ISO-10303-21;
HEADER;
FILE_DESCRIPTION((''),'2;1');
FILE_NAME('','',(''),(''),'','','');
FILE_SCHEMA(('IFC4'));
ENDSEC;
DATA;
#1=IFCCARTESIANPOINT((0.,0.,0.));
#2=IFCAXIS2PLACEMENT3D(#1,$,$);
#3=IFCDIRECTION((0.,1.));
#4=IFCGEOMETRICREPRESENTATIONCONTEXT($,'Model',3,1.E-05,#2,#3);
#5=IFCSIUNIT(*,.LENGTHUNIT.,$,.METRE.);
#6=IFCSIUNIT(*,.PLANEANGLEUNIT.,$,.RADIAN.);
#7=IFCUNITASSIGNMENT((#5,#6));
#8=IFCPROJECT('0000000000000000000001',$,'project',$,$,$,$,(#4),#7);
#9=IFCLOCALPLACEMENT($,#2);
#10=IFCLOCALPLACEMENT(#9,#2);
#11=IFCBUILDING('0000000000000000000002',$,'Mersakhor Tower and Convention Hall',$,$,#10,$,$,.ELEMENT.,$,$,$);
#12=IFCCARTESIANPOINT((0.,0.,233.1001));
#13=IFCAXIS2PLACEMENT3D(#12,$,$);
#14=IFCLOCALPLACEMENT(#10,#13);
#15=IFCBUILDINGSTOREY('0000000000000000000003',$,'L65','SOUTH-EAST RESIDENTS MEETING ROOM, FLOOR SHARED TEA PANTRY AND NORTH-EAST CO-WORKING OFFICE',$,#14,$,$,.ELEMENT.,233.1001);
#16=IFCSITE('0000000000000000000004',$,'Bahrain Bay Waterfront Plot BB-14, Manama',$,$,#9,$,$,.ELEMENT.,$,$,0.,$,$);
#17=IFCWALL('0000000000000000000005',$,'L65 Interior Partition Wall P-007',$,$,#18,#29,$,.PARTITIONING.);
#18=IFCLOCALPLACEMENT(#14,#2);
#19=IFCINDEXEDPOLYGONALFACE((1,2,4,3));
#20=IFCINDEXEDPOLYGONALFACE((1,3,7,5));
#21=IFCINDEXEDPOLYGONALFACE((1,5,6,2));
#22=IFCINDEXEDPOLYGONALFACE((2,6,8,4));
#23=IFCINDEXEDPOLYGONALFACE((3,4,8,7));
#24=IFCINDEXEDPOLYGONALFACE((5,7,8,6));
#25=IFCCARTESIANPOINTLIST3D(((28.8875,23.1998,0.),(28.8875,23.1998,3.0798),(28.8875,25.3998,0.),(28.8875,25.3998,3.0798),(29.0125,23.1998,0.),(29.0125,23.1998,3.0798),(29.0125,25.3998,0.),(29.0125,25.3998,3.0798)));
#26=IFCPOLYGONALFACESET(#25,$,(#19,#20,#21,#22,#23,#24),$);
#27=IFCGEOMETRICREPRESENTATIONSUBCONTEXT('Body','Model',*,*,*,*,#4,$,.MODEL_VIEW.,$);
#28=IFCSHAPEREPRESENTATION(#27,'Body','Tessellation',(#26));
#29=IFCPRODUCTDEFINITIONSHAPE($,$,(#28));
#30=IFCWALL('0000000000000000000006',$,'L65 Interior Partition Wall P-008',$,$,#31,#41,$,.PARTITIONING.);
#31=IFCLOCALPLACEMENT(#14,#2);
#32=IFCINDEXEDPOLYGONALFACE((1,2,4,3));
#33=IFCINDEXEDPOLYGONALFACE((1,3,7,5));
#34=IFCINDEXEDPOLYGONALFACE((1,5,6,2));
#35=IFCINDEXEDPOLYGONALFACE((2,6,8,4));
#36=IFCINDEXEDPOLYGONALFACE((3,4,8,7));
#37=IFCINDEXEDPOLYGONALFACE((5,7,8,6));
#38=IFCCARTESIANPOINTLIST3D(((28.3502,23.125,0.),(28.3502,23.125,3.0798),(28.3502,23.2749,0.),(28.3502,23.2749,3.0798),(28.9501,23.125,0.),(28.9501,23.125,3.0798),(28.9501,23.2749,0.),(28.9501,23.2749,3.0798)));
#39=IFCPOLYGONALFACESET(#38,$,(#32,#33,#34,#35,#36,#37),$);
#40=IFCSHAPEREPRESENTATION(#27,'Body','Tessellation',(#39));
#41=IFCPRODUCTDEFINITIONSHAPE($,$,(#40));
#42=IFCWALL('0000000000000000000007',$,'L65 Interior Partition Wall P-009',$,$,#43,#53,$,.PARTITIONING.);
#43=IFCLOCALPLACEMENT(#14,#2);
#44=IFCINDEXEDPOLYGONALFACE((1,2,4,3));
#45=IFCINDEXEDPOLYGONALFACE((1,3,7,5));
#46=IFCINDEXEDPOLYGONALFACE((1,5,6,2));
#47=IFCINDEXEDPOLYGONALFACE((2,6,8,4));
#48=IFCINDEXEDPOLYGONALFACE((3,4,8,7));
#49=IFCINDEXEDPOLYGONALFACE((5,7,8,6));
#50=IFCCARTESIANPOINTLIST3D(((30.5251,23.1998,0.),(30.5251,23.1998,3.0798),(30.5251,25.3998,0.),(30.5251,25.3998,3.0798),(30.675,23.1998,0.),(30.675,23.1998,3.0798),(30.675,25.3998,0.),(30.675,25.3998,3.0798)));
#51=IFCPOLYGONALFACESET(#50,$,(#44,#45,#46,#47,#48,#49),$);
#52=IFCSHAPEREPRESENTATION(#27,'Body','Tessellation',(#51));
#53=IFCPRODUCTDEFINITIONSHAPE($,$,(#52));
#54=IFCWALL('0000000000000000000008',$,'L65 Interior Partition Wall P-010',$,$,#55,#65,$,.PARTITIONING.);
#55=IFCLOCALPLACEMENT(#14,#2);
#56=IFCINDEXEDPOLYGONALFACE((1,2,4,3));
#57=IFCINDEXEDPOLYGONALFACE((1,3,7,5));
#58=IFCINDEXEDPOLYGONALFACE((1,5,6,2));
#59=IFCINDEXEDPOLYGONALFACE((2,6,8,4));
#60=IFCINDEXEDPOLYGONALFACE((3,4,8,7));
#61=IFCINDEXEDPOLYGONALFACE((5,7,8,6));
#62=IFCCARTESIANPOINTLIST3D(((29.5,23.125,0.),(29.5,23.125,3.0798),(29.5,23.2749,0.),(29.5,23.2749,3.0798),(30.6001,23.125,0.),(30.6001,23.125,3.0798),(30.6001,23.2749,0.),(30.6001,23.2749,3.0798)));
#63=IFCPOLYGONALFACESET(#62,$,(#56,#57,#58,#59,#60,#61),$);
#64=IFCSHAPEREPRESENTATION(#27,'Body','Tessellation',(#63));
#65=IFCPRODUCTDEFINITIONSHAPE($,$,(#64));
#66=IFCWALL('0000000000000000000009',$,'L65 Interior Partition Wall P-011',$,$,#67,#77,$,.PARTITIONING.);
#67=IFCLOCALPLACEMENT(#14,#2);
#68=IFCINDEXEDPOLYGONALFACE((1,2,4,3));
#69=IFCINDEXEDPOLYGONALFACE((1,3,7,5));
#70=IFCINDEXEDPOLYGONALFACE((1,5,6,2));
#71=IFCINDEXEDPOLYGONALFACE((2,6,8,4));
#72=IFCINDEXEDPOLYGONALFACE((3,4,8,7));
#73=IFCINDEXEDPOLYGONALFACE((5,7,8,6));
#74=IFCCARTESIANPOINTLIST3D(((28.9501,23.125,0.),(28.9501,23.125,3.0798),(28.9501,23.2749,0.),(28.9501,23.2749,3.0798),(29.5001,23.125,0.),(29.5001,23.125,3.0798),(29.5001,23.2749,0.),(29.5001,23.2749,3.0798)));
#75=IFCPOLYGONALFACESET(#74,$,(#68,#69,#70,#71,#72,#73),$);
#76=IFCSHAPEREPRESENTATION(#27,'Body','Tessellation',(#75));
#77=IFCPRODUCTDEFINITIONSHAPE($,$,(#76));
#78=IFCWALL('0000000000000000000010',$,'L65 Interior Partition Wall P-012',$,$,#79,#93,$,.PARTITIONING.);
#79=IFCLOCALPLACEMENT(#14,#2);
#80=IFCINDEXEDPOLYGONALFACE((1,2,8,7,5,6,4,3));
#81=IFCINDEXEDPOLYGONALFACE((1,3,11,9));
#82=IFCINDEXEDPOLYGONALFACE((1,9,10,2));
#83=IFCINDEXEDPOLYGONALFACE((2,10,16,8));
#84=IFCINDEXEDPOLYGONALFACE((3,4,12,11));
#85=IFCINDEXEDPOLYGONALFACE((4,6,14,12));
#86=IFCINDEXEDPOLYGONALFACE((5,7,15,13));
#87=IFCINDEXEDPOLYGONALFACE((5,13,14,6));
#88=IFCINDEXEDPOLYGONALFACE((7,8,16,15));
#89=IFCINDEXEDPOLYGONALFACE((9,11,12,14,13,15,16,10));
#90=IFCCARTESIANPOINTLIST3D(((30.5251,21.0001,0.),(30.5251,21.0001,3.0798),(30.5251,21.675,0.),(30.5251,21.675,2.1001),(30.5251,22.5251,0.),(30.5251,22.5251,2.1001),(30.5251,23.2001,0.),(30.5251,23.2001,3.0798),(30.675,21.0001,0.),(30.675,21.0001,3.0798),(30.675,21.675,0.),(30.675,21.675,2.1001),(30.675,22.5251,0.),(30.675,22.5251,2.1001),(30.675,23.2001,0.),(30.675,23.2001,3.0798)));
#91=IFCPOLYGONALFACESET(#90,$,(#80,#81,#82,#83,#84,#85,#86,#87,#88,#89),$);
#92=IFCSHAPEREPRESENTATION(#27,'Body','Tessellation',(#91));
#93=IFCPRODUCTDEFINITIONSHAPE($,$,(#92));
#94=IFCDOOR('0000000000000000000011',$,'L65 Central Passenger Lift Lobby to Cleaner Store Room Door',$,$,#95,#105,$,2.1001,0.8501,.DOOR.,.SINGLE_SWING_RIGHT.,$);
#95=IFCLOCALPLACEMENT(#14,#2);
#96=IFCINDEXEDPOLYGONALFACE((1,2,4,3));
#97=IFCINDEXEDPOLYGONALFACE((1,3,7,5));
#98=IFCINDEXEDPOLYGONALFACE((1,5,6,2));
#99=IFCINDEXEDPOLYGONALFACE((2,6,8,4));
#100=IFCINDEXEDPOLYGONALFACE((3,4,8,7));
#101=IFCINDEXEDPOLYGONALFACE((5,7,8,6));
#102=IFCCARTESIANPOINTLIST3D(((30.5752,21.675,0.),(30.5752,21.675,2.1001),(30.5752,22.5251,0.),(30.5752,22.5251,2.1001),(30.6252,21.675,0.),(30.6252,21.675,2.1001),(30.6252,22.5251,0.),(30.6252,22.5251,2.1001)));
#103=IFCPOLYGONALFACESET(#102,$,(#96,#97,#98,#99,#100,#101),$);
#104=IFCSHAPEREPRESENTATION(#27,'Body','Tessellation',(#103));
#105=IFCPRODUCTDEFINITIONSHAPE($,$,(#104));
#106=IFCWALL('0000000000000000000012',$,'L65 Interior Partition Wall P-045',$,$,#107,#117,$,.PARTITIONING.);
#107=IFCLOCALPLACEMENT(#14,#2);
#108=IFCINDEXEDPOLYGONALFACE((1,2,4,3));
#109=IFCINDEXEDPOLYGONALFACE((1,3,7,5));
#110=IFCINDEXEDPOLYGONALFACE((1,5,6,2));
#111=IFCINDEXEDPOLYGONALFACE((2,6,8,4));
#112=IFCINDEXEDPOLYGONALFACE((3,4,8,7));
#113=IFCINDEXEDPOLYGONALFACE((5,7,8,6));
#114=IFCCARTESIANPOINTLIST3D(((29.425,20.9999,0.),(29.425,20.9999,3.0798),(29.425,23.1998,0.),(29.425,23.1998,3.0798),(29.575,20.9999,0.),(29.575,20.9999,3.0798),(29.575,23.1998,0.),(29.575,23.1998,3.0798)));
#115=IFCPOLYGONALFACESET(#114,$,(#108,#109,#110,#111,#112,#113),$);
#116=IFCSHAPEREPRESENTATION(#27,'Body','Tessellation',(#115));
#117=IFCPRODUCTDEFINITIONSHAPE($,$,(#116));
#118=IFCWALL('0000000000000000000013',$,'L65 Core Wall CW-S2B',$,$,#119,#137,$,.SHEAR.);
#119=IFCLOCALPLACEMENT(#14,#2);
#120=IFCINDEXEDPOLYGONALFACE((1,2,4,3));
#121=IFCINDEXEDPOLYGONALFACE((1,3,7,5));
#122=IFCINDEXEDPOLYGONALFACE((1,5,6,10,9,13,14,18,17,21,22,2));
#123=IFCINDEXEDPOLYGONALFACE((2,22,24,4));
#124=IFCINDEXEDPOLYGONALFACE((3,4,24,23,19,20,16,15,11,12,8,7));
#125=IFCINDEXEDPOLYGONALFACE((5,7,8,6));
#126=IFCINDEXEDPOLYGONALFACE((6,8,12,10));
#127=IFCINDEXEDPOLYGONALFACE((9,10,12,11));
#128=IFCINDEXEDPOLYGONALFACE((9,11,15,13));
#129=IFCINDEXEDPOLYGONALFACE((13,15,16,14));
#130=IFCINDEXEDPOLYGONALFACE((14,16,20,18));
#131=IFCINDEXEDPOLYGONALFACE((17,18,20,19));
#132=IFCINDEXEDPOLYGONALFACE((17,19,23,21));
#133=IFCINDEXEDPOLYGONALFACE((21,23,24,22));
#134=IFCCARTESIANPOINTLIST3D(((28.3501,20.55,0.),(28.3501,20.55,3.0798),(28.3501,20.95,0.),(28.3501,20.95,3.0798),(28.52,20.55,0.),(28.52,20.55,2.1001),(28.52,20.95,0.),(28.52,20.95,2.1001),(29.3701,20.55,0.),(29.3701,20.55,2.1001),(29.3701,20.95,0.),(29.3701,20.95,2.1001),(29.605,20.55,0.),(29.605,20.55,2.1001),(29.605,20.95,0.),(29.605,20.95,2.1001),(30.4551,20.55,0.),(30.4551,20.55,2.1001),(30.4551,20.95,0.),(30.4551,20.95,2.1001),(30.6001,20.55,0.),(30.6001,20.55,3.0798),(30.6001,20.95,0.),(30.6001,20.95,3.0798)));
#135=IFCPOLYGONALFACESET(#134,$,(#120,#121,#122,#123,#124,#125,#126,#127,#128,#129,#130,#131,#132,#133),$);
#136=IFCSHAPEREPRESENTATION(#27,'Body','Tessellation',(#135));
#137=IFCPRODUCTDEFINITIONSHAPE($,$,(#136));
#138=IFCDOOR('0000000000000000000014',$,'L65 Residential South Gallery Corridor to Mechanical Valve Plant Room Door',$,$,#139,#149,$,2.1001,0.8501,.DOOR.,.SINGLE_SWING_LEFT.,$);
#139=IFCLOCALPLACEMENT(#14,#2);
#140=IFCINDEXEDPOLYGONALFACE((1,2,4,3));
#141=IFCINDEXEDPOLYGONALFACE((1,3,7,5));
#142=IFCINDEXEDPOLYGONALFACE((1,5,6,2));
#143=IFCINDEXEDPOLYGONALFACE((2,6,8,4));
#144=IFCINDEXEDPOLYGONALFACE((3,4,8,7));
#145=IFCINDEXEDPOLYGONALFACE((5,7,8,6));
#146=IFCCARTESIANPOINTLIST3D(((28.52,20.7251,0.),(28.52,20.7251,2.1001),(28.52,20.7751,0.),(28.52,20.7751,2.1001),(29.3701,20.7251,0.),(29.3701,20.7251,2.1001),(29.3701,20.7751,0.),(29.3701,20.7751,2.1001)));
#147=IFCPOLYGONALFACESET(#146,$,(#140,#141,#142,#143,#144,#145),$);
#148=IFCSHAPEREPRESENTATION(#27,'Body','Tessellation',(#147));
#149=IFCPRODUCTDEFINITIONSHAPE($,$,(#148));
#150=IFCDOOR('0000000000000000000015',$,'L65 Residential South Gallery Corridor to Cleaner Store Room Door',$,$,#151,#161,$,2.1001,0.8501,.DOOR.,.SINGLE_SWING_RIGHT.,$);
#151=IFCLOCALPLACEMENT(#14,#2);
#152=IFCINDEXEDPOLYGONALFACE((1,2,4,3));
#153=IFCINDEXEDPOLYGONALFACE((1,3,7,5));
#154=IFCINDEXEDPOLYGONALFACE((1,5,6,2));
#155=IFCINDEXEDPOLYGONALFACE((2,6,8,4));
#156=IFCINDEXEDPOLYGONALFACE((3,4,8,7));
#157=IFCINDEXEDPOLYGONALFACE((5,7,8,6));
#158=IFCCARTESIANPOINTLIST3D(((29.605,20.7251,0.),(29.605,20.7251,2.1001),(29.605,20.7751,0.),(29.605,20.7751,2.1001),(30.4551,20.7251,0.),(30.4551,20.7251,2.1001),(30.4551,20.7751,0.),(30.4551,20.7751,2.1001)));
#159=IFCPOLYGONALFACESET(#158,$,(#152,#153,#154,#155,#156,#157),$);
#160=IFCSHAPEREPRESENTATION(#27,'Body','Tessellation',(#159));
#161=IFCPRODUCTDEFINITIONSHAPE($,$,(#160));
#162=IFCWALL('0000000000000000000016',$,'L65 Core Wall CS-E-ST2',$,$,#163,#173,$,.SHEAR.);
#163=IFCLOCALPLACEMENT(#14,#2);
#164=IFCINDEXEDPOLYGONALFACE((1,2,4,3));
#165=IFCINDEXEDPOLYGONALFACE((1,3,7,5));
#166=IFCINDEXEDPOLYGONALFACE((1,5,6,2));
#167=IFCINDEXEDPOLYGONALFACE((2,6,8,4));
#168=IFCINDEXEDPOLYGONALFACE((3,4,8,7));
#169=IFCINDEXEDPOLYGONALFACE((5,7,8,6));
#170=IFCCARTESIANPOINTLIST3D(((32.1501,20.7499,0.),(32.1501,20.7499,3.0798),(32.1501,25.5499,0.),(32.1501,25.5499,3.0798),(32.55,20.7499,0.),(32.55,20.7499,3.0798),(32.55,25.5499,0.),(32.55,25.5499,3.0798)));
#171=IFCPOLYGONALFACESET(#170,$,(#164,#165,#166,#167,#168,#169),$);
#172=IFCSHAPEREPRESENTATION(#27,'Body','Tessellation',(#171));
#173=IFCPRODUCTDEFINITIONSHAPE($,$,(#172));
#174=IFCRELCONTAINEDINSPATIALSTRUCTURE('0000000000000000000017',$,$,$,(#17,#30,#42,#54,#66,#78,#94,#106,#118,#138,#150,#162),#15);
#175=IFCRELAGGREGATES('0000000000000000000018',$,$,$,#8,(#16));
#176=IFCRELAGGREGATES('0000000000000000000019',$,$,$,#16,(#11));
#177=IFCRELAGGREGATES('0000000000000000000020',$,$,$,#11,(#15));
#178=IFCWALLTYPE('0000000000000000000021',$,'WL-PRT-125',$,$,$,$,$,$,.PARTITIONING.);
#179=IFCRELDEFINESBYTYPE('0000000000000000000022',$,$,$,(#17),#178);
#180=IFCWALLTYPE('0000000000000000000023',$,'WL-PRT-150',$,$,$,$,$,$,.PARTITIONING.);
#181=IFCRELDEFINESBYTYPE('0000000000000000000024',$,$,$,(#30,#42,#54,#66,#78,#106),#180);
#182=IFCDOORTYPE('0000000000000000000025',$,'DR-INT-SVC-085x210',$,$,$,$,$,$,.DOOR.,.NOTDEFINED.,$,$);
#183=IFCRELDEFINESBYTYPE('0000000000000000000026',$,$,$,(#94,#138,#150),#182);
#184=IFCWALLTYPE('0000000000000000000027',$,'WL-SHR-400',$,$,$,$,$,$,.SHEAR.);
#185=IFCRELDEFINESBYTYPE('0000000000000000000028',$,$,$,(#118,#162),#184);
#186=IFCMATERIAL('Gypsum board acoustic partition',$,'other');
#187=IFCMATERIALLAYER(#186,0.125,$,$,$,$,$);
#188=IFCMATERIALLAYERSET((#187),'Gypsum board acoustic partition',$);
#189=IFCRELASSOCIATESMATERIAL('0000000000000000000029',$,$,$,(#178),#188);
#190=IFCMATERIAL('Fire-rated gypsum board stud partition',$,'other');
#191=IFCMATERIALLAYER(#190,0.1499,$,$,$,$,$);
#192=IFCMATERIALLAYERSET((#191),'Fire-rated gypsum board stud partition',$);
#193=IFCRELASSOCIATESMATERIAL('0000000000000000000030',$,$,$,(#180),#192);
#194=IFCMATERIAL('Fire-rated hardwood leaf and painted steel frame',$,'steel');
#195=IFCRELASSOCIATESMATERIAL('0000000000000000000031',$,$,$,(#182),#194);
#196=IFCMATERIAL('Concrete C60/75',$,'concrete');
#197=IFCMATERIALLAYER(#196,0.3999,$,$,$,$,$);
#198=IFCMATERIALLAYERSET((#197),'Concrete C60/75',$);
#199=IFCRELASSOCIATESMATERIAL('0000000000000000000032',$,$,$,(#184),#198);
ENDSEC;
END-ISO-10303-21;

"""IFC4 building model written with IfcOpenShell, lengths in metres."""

from ifc_helpers import new_model, si_unit, direction, frame, frame_2d, origin, place, context, subcontext, project, spatial, rectangle, extrude, material, layer, layer_set, type_object, element, fill, save


model = new_model("IFC4")

# Units and contexts
model_context = context("Model", 3, precision=1e-05, world=origin(), true_north=direction((0.0, 1.0)))
body_context = subcontext(model_context, "Body", "Model", "MODEL_VIEW")
ifc_project = project(units=[si_unit("LENGTHUNIT", "METRE"), si_unit("PLANEANGLEUNIT", "RADIAN")], contexts=[model_context])

# Site, building, storey
site_placement = place(None, origin())
site = spatial("IfcSite", under=ifc_project, at=site_placement, Name="Bahrain Bay Waterfront Plot BB-14, Manama", CompositionType="ELEMENT", RefElevation=0.0)
building_placement = place(site_placement, origin())
building = spatial("IfcBuilding", under=site, at=building_placement, Name="Mersakhor Tower and Convention Hall", CompositionType="ELEMENT")
storey_placement = place(building_placement, frame((0.0, 0.0, 233.1001)))
storey = spatial("IfcBuildingStorey", under=building, at=storey_placement, Name="L65", Description="SOUTH-EAST RESIDENTS MEETING ROOM, FLOOR SHARED TEA PANTRY AND NORTH-EAST CO-WORKING OFFICE", CompositionType="ELEMENT", Elevation=233.1001)

# Walls
ifc_material_1 = material(Name="Gypsum board acoustic partition", Category="other")
ifc_layer_1 = layer(ifc_material_1, 0.125)
ifc_layer_set_1 = layer_set([ifc_layer_1], Name="Gypsum board acoustic partition")
wall_type_1 = type_object("IfcWallType", Name="WL-PRT-125", PredefinedType="PARTITIONING", material=ifc_layer_set_1)
wall_1_placement = place(storey_placement, frame((28.95, 25.3999, 0.0), z_axis=(0.0, 0.0, 1.0), x_axis=(0.0, -1.0, 0.0)))
element("IfcWall", 1, at=wall_1_placement, inside=storey, type_object=wall_type_1, Name="L65 Interior Partition Wall P-007", PredefinedType="PARTITIONING", context=body_context, shape_type="SweptSolid", body=[
    extrude(rectangle(XDim=2.2, YDim=0.125, at=frame_2d((1.1001, 0.0))), origin(), (0.0, 0.0, 1.0), 3.0798),
])
ifc_material_2 = material(Name="Fire-rated gypsum board stud partition", Category="other")
ifc_layer_2 = layer(ifc_material_2, 0.1499)
ifc_layer_set_2 = layer_set([ifc_layer_2], Name="Fire-rated gypsum board stud partition")
wall_type_2 = type_object("IfcWallType", Name="WL-PRT-150", PredefinedType="PARTITIONING", material=ifc_layer_set_2)
wall_2_placement = place(storey_placement, frame((28.95, 23.2, 0.0), z_axis=(0.0, 0.0, 1.0), x_axis=(-1.0, 0.0, 0.0)))
element("IfcWall", 2, at=wall_2_placement, inside=storey, type_object=wall_type_2, Name="L65 Interior Partition Wall P-008", PredefinedType="PARTITIONING", context=body_context, shape_type="SweptSolid", body=[
    extrude(rectangle(XDim=0.5999, YDim=0.1499, at=frame_2d((0.2998, 0.0))), origin(), (0.0, 0.0, 1.0), 3.0798),
])
wall_3_placement = place(storey_placement, frame((30.6001, 25.3999, 0.0), z_axis=(0.0, 0.0, 1.0), x_axis=(0.0, -1.0, 0.0)))
element("IfcWall", 3, at=wall_3_placement, inside=storey, type_object=wall_type_2, Name="L65 Interior Partition Wall P-009", PredefinedType="PARTITIONING", context=body_context, shape_type="SweptSolid", body=[
    extrude(rectangle(XDim=2.2, YDim=0.1499, at=frame_2d((1.1001, 0.0))), origin(), (0.0, 0.0, 1.0), 3.0798),
])
wall_4_placement = place(storey_placement, frame((30.6001, 23.2, 0.0), z_axis=(0.0, 0.0, 1.0), x_axis=(-1.0, 0.0, 0.0)))
element("IfcWall", 4, at=wall_4_placement, inside=storey, type_object=wall_type_2, Name="L65 Interior Partition Wall P-010", PredefinedType="PARTITIONING", context=body_context, shape_type="SweptSolid", body=[
    extrude(rectangle(XDim=1.1001, YDim=0.1499, at=frame_2d((0.55, 0.0))), origin(), (0.0, 0.0, 1.0), 3.0798),
])
wall_5_placement = place(storey_placement, frame((29.5, 23.2, 0.0), z_axis=(0.0, 0.0, 1.0), x_axis=(-1.0, 0.0, 0.0)))
element("IfcWall", 5, at=wall_5_placement, inside=storey, type_object=wall_type_2, Name="L65 Interior Partition Wall P-011", PredefinedType="PARTITIONING", context=body_context, shape_type="SweptSolid", body=[
    extrude(rectangle(XDim=0.55, YDim=0.1499, at=frame_2d((0.2749, 0.0))), origin(), (0.0, 0.0, 1.0), 3.0798),
])

# Wall, opening, door
wall_6_placement = place(storey_placement, frame((30.6001, 21.0, 0.0), z_axis=(0.0, 0.0, 1.0), x_axis=(0.0, 1.0, 0.0)))
wall_6 = element("IfcWall", 6, at=wall_6_placement, inside=storey, type_object=wall_type_2, Name="L65 Interior Partition Wall P-012", PredefinedType="PARTITIONING", context=body_context, shape_type="SweptSolid", body=[
    extrude(rectangle(XDim=2.2, YDim=0.1499, at=frame_2d((1.1001, 0.0))), origin(), (0.0, 0.0, 1.0), 3.0798),
])
opening_1_placement = place(wall_6_placement, frame((0.675, 0.0, 0.0)))
opening_1 = element("IfcOpeningElement", 7, at=opening_1_placement, cuts=wall_6, PredefinedType="OPENING", context=body_context, shape_type="SweptSolid", body=[
    extrude(rectangle(XDim=0.8501, YDim=2.1001, at=frame_2d((0.425, 1.05))), frame((0.0, 0.085, 0.0), z_axis=(0.0, -1.0, 0.0), x_axis=(1.0, 0.0, 0.0)), (0.0, 0.0, 1.0), 0.1699),
])
ifc_material_3 = material(Name="Fire-rated hardwood leaf and painted steel frame", Category="steel")
door_type_1 = type_object("IfcDoorType", Name="DR-INT-SVC-085x210", OperationType="NOTDEFINED", PredefinedType="DOOR", material=ifc_material_3)
door_1_placement = place(opening_1_placement, origin())
door_1 = element("IfcDoor", 8, at=door_1_placement, inside=storey, type_object=door_type_1, Name="L65 Central Passenger Lift Lobby to Cleaner Store Room Door", OperationType="SINGLE_SWING_RIGHT", OverallHeight=2.1001, OverallWidth=0.8501, PredefinedType="DOOR", context=body_context, shape_type="SweptSolid", body=[
    extrude(rectangle(XDim=0.8501, YDim=2.1001, at=frame_2d((0.425, 1.05))), frame((0.0, 0.0249, 0.0), z_axis=(0.0, -1.0, 0.0), x_axis=(1.0, 0.0, 0.0)), (0.0, 0.0, 1.0), 0.05),
])
fill(opening_1, door_1)

# Wall
wall_7_placement = place(storey_placement, frame((29.5, 23.2, 0.0), z_axis=(0.0, 0.0, 1.0), x_axis=(0.0, -1.0, 0.0)))
element("IfcWall", 9, at=wall_7_placement, inside=storey, type_object=wall_type_2, Name="L65 Interior Partition Wall P-045", PredefinedType="PARTITIONING", context=body_context, shape_type="SweptSolid", body=[
    extrude(rectangle(XDim=2.2, YDim=0.1499, at=frame_2d((1.1001, 0.0))), origin(), (0.0, 0.0, 1.0), 3.0798),
])

# Shared definitions
ifc_material_4 = material(Name="Concrete C60/75", Category="concrete")
ifc_layer_3 = layer(ifc_material_4, 0.3999)
ifc_layer_set_3 = layer_set([ifc_layer_3], Name="Concrete C60/75")
wall_type_3 = type_object("IfcWallType", Name="WL-SHR-400", PredefinedType="SHEAR", material=ifc_layer_set_3)

# Wall, openings, doors
wall_8_placement = place(storey_placement, frame((30.6001, 20.75, 0.0), z_axis=(0.0, 0.0, 1.0), x_axis=(-1.0, 0.0, 0.0)))
wall_8 = element("IfcWall", 10, at=wall_8_placement, inside=storey, type_object=wall_type_3, Name="L65 Core Wall CW-S2B", PredefinedType="SHEAR", context=body_context, shape_type="SweptSolid", body=[
    extrude(rectangle(XDim=2.25, YDim=0.3999, at=frame_2d((1.125, 0.0))), origin(), (0.0, 0.0, 1.0), 3.0798),
])
opening_2_placement = place(wall_8_placement, frame((1.23, 0.0, 0.0)))
opening_2 = element("IfcOpeningElement", 11, at=opening_2_placement, cuts=wall_8, PredefinedType="OPENING", context=body_context, shape_type="SweptSolid", body=[
    extrude(rectangle(XDim=0.8501, YDim=2.1001, at=frame_2d((0.425, 1.05))), frame((0.0, 0.21, 0.0), z_axis=(0.0, -1.0, 0.0), x_axis=(1.0, 0.0, 0.0)), (0.0, 0.0, 1.0), 0.4199),
])
opening_3_placement = place(wall_8_placement, frame((0.145, 0.0, 0.0)))
opening_3 = element("IfcOpeningElement", 12, at=opening_3_placement, cuts=wall_8, PredefinedType="OPENING", context=body_context, shape_type="SweptSolid", body=[
    extrude(rectangle(XDim=0.8501, YDim=2.1001, at=frame_2d((0.425, 1.05))), frame((0.0, 0.21, 0.0), z_axis=(0.0, -1.0, 0.0), x_axis=(1.0, 0.0, 0.0)), (0.0, 0.0, 1.0), 0.4199),
])
door_2_placement = place(opening_2_placement, origin())
door_2 = element("IfcDoor", 13, at=door_2_placement, inside=storey, type_object=door_type_1, Name="L65 Residential South Gallery Corridor to Mechanical Valve Plant Room Door", OperationType="SINGLE_SWING_LEFT", OverallHeight=2.1001, OverallWidth=0.8501, PredefinedType="DOOR", context=body_context, shape_type="SweptSolid", body=[
    extrude(rectangle(XDim=0.8501, YDim=2.1001, at=frame_2d((0.425, 1.05))), frame((0.0, 0.0249, 0.0), z_axis=(0.0, -1.0, 0.0), x_axis=(1.0, 0.0, 0.0)), (0.0, 0.0, 1.0), 0.05),
])
fill(opening_2, door_2)
door_3_placement = place(opening_3_placement, origin())
door_3 = element("IfcDoor", 14, at=door_3_placement, inside=storey, type_object=door_type_1, Name="L65 Residential South Gallery Corridor to Cleaner Store Room Door", OperationType="SINGLE_SWING_RIGHT", OverallHeight=2.1001, OverallWidth=0.8501, PredefinedType="DOOR", context=body_context, shape_type="SweptSolid", body=[
    extrude(rectangle(XDim=0.8501, YDim=2.1001, at=frame_2d((0.425, 1.05))), frame((0.0, 0.0249, 0.0), z_axis=(0.0, -1.0, 0.0), x_axis=(1.0, 0.0, 0.0)), (0.0, 0.0, 1.0), 0.05),
])
fill(opening_3, door_3)

# Wall
wall_9_placement = place(storey_placement, frame((32.3501, 20.75, 0.0), z_axis=(0.0, 0.0, 1.0), x_axis=(0.0, 1.0, 0.0)))
element("IfcWall", 15, at=wall_9_placement, inside=storey, type_object=wall_type_3, Name="L65 Core Wall CS-E-ST2", PredefinedType="SHEAR", context=body_context, shape_type="SweptSolid", body=[
    extrude(rectangle(XDim=4.8, YDim=0.3999, at=frame_2d((2.3999, 0.0))), origin(), (0.0, 0.0, 1.0), 3.0798),
])

save(model, "model.ifc")
